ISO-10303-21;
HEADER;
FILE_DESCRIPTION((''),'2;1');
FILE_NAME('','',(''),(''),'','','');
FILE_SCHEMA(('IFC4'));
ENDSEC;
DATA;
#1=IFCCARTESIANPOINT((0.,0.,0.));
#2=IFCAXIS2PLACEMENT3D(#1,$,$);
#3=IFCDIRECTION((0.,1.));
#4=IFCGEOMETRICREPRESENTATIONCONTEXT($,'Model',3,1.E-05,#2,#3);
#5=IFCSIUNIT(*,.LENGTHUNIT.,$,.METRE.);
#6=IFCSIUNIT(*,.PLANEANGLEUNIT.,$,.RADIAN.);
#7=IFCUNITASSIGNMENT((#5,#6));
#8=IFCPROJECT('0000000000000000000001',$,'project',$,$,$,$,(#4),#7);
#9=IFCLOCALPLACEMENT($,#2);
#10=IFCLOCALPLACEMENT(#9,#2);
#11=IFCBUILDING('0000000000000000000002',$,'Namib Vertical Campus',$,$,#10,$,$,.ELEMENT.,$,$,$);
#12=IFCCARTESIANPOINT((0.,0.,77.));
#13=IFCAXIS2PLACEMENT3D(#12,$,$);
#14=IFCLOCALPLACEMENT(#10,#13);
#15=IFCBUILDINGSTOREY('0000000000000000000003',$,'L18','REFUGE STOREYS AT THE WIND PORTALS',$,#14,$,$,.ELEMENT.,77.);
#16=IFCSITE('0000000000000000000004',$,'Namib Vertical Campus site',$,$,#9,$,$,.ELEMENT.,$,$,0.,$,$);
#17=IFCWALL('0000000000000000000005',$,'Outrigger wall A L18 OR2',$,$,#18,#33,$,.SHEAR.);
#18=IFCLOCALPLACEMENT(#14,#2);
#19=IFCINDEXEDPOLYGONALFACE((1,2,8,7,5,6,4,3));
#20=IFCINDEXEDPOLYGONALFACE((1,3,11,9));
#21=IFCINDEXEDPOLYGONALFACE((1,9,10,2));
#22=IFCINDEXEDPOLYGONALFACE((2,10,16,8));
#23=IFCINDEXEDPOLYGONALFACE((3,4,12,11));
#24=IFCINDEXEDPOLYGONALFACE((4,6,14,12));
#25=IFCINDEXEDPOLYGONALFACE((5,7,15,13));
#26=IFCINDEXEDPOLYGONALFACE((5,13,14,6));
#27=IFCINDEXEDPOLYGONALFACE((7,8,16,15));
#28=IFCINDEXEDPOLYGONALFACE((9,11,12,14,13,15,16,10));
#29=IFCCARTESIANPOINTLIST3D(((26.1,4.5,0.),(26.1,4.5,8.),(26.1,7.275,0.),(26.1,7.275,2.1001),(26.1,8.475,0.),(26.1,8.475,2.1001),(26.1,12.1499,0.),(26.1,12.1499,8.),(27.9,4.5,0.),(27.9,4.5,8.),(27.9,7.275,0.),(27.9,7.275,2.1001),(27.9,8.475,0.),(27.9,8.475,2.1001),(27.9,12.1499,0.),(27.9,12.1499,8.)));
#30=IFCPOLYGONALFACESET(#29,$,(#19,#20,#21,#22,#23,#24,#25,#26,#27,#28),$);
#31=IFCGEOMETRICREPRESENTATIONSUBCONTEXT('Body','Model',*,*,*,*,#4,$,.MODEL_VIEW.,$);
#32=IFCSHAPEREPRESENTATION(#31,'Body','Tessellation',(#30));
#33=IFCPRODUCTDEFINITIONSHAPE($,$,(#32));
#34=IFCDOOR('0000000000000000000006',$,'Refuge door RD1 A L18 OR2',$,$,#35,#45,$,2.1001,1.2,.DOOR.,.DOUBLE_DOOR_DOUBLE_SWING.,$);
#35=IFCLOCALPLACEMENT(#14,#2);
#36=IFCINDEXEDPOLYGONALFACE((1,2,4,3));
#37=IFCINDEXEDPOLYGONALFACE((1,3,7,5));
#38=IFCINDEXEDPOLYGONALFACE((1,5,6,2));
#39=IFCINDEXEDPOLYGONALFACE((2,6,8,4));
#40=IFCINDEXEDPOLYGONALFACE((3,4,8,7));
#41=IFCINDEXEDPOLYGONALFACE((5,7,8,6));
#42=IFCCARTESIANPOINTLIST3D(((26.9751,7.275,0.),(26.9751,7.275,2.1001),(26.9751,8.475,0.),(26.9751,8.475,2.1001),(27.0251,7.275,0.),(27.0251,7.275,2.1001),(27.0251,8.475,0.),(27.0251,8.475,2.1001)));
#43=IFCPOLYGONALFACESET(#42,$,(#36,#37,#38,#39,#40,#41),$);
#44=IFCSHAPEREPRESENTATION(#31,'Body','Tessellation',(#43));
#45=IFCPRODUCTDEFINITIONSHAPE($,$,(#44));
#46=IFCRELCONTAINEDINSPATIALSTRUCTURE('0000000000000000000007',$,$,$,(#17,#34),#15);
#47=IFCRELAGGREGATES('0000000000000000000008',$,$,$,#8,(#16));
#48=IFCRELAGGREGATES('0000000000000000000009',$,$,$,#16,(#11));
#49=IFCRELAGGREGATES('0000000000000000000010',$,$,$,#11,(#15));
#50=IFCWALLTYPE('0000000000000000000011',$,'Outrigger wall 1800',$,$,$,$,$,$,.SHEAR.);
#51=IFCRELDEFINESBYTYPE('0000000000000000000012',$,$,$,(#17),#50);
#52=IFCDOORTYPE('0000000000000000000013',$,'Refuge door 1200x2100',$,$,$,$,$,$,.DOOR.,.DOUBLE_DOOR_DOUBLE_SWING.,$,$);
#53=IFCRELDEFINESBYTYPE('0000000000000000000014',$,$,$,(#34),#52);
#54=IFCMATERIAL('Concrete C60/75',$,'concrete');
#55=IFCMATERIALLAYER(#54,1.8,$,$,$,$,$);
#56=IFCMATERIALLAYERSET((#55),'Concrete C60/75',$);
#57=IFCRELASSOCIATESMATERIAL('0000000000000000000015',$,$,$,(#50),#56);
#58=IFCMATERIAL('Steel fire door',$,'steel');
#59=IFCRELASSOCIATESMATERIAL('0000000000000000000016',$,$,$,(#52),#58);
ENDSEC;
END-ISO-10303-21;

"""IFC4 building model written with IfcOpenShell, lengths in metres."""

from ifc_helpers import new_model, si_unit, direction, frame, frame_2d, origin, place, context, subcontext, project, spatial, rectangle, extrude, material, layer, layer_set, type_object, element, fill, save


model = new_model("IFC4")

# Units and contexts
model_context = context("Model", 3, precision=1e-05, world=origin(), true_north=direction((0.0, 1.0)))
body_context = subcontext(model_context, "Body", "Model", "MODEL_VIEW")
ifc_project = project(units=[si_unit("LENGTHUNIT", "METRE"), si_unit("PLANEANGLEUNIT", "RADIAN")], contexts=[model_context])

# Site, building, storey
site_placement = place(None, origin())
site = spatial("IfcSite", under=ifc_project, at=site_placement, Name="Namib Vertical Campus site", CompositionType="ELEMENT", RefElevation=0.0)
building_placement = place(site_placement, origin())
building = spatial("IfcBuilding", under=site, at=building_placement, Name="Namib Vertical Campus", CompositionType="ELEMENT")
storey_placement = place(building_placement, frame((0.0, 0.0, 77.0)))
storey = spatial("IfcBuildingStorey", under=building, at=storey_placement, Name="L18", Description="REFUGE STOREYS AT THE WIND PORTALS", CompositionType="ELEMENT", Elevation=77.0)

# Wall, opening, door
ifc_material_1 = material(Name="Concrete C60/75", Category="concrete")
ifc_layer_1 = layer(ifc_material_1, 1.8)
ifc_layer_set_1 = layer_set([ifc_layer_1], Name="Concrete C60/75")
wall_type_1 = type_object("IfcWallType", Name="Outrigger wall 1800", PredefinedType="SHEAR", material=ifc_layer_set_1)
wall_1_placement = place(storey_placement, frame((27.0, 4.5, 0.0), z_axis=(0.0, 0.0, 1.0), x_axis=(0.0, 1.0, 0.0)))
wall_1 = element("IfcWall", 1, at=wall_1_placement, inside=storey, type_object=wall_type_1, Name="Outrigger wall A L18 OR2", PredefinedType="SHEAR", context=body_context, shape_type="SweptSolid", body=[
    extrude(rectangle(XDim=7.6499, YDim=1.8, at=frame_2d((3.825, 0.0))), origin(), (0.0, 0.0, 1.0), 8.0),
])
opening_1_placement = place(wall_1_placement, frame((2.7749, 0.0, 0.0)))
opening_1 = element("IfcOpeningElement", 2, at=opening_1_placement, cuts=wall_1, PredefinedType="OPENING", context=body_context, shape_type="SweptSolid", body=[
    extrude(rectangle(XDim=1.2, YDim=2.1001, at=frame_2d((0.6001, 1.05))), frame((0.0, 0.9099, 0.0), z_axis=(0.0, -1.0, 0.0), x_axis=(1.0, 0.0, 0.0)), (0.0, 0.0, 1.0), 1.8201),
])
ifc_material_2 = material(Name="Steel fire door", Category="steel")
door_type_1 = type_object("IfcDoorType", Name="Refuge door 1200x2100", OperationType="DOUBLE_DOOR_DOUBLE_SWING", PredefinedType="DOOR", material=ifc_material_2)
door_1_placement = place(opening_1_placement, origin())
door_1 = element("IfcDoor", 3, at=door_1_placement, inside=storey, type_object=door_type_1, Name="Refuge door RD1 A L18 OR2", OperationType="DOUBLE_DOOR_DOUBLE_SWING", OverallHeight=2.1001, OverallWidth=1.2, PredefinedType="DOOR", context=body_context, shape_type="SweptSolid", body=[
    extrude(rectangle(XDim=1.2, YDim=2.1001, at=frame_2d((0.6001, 1.05))), frame((0.0, 0.0249, 0.0), z_axis=(0.0, -1.0, 0.0), x_axis=(1.0, 0.0, 0.0)), (0.0, 0.0, 1.0), 0.05),
])
fill(opening_1, door_1)

save(model, "model.ifc")
